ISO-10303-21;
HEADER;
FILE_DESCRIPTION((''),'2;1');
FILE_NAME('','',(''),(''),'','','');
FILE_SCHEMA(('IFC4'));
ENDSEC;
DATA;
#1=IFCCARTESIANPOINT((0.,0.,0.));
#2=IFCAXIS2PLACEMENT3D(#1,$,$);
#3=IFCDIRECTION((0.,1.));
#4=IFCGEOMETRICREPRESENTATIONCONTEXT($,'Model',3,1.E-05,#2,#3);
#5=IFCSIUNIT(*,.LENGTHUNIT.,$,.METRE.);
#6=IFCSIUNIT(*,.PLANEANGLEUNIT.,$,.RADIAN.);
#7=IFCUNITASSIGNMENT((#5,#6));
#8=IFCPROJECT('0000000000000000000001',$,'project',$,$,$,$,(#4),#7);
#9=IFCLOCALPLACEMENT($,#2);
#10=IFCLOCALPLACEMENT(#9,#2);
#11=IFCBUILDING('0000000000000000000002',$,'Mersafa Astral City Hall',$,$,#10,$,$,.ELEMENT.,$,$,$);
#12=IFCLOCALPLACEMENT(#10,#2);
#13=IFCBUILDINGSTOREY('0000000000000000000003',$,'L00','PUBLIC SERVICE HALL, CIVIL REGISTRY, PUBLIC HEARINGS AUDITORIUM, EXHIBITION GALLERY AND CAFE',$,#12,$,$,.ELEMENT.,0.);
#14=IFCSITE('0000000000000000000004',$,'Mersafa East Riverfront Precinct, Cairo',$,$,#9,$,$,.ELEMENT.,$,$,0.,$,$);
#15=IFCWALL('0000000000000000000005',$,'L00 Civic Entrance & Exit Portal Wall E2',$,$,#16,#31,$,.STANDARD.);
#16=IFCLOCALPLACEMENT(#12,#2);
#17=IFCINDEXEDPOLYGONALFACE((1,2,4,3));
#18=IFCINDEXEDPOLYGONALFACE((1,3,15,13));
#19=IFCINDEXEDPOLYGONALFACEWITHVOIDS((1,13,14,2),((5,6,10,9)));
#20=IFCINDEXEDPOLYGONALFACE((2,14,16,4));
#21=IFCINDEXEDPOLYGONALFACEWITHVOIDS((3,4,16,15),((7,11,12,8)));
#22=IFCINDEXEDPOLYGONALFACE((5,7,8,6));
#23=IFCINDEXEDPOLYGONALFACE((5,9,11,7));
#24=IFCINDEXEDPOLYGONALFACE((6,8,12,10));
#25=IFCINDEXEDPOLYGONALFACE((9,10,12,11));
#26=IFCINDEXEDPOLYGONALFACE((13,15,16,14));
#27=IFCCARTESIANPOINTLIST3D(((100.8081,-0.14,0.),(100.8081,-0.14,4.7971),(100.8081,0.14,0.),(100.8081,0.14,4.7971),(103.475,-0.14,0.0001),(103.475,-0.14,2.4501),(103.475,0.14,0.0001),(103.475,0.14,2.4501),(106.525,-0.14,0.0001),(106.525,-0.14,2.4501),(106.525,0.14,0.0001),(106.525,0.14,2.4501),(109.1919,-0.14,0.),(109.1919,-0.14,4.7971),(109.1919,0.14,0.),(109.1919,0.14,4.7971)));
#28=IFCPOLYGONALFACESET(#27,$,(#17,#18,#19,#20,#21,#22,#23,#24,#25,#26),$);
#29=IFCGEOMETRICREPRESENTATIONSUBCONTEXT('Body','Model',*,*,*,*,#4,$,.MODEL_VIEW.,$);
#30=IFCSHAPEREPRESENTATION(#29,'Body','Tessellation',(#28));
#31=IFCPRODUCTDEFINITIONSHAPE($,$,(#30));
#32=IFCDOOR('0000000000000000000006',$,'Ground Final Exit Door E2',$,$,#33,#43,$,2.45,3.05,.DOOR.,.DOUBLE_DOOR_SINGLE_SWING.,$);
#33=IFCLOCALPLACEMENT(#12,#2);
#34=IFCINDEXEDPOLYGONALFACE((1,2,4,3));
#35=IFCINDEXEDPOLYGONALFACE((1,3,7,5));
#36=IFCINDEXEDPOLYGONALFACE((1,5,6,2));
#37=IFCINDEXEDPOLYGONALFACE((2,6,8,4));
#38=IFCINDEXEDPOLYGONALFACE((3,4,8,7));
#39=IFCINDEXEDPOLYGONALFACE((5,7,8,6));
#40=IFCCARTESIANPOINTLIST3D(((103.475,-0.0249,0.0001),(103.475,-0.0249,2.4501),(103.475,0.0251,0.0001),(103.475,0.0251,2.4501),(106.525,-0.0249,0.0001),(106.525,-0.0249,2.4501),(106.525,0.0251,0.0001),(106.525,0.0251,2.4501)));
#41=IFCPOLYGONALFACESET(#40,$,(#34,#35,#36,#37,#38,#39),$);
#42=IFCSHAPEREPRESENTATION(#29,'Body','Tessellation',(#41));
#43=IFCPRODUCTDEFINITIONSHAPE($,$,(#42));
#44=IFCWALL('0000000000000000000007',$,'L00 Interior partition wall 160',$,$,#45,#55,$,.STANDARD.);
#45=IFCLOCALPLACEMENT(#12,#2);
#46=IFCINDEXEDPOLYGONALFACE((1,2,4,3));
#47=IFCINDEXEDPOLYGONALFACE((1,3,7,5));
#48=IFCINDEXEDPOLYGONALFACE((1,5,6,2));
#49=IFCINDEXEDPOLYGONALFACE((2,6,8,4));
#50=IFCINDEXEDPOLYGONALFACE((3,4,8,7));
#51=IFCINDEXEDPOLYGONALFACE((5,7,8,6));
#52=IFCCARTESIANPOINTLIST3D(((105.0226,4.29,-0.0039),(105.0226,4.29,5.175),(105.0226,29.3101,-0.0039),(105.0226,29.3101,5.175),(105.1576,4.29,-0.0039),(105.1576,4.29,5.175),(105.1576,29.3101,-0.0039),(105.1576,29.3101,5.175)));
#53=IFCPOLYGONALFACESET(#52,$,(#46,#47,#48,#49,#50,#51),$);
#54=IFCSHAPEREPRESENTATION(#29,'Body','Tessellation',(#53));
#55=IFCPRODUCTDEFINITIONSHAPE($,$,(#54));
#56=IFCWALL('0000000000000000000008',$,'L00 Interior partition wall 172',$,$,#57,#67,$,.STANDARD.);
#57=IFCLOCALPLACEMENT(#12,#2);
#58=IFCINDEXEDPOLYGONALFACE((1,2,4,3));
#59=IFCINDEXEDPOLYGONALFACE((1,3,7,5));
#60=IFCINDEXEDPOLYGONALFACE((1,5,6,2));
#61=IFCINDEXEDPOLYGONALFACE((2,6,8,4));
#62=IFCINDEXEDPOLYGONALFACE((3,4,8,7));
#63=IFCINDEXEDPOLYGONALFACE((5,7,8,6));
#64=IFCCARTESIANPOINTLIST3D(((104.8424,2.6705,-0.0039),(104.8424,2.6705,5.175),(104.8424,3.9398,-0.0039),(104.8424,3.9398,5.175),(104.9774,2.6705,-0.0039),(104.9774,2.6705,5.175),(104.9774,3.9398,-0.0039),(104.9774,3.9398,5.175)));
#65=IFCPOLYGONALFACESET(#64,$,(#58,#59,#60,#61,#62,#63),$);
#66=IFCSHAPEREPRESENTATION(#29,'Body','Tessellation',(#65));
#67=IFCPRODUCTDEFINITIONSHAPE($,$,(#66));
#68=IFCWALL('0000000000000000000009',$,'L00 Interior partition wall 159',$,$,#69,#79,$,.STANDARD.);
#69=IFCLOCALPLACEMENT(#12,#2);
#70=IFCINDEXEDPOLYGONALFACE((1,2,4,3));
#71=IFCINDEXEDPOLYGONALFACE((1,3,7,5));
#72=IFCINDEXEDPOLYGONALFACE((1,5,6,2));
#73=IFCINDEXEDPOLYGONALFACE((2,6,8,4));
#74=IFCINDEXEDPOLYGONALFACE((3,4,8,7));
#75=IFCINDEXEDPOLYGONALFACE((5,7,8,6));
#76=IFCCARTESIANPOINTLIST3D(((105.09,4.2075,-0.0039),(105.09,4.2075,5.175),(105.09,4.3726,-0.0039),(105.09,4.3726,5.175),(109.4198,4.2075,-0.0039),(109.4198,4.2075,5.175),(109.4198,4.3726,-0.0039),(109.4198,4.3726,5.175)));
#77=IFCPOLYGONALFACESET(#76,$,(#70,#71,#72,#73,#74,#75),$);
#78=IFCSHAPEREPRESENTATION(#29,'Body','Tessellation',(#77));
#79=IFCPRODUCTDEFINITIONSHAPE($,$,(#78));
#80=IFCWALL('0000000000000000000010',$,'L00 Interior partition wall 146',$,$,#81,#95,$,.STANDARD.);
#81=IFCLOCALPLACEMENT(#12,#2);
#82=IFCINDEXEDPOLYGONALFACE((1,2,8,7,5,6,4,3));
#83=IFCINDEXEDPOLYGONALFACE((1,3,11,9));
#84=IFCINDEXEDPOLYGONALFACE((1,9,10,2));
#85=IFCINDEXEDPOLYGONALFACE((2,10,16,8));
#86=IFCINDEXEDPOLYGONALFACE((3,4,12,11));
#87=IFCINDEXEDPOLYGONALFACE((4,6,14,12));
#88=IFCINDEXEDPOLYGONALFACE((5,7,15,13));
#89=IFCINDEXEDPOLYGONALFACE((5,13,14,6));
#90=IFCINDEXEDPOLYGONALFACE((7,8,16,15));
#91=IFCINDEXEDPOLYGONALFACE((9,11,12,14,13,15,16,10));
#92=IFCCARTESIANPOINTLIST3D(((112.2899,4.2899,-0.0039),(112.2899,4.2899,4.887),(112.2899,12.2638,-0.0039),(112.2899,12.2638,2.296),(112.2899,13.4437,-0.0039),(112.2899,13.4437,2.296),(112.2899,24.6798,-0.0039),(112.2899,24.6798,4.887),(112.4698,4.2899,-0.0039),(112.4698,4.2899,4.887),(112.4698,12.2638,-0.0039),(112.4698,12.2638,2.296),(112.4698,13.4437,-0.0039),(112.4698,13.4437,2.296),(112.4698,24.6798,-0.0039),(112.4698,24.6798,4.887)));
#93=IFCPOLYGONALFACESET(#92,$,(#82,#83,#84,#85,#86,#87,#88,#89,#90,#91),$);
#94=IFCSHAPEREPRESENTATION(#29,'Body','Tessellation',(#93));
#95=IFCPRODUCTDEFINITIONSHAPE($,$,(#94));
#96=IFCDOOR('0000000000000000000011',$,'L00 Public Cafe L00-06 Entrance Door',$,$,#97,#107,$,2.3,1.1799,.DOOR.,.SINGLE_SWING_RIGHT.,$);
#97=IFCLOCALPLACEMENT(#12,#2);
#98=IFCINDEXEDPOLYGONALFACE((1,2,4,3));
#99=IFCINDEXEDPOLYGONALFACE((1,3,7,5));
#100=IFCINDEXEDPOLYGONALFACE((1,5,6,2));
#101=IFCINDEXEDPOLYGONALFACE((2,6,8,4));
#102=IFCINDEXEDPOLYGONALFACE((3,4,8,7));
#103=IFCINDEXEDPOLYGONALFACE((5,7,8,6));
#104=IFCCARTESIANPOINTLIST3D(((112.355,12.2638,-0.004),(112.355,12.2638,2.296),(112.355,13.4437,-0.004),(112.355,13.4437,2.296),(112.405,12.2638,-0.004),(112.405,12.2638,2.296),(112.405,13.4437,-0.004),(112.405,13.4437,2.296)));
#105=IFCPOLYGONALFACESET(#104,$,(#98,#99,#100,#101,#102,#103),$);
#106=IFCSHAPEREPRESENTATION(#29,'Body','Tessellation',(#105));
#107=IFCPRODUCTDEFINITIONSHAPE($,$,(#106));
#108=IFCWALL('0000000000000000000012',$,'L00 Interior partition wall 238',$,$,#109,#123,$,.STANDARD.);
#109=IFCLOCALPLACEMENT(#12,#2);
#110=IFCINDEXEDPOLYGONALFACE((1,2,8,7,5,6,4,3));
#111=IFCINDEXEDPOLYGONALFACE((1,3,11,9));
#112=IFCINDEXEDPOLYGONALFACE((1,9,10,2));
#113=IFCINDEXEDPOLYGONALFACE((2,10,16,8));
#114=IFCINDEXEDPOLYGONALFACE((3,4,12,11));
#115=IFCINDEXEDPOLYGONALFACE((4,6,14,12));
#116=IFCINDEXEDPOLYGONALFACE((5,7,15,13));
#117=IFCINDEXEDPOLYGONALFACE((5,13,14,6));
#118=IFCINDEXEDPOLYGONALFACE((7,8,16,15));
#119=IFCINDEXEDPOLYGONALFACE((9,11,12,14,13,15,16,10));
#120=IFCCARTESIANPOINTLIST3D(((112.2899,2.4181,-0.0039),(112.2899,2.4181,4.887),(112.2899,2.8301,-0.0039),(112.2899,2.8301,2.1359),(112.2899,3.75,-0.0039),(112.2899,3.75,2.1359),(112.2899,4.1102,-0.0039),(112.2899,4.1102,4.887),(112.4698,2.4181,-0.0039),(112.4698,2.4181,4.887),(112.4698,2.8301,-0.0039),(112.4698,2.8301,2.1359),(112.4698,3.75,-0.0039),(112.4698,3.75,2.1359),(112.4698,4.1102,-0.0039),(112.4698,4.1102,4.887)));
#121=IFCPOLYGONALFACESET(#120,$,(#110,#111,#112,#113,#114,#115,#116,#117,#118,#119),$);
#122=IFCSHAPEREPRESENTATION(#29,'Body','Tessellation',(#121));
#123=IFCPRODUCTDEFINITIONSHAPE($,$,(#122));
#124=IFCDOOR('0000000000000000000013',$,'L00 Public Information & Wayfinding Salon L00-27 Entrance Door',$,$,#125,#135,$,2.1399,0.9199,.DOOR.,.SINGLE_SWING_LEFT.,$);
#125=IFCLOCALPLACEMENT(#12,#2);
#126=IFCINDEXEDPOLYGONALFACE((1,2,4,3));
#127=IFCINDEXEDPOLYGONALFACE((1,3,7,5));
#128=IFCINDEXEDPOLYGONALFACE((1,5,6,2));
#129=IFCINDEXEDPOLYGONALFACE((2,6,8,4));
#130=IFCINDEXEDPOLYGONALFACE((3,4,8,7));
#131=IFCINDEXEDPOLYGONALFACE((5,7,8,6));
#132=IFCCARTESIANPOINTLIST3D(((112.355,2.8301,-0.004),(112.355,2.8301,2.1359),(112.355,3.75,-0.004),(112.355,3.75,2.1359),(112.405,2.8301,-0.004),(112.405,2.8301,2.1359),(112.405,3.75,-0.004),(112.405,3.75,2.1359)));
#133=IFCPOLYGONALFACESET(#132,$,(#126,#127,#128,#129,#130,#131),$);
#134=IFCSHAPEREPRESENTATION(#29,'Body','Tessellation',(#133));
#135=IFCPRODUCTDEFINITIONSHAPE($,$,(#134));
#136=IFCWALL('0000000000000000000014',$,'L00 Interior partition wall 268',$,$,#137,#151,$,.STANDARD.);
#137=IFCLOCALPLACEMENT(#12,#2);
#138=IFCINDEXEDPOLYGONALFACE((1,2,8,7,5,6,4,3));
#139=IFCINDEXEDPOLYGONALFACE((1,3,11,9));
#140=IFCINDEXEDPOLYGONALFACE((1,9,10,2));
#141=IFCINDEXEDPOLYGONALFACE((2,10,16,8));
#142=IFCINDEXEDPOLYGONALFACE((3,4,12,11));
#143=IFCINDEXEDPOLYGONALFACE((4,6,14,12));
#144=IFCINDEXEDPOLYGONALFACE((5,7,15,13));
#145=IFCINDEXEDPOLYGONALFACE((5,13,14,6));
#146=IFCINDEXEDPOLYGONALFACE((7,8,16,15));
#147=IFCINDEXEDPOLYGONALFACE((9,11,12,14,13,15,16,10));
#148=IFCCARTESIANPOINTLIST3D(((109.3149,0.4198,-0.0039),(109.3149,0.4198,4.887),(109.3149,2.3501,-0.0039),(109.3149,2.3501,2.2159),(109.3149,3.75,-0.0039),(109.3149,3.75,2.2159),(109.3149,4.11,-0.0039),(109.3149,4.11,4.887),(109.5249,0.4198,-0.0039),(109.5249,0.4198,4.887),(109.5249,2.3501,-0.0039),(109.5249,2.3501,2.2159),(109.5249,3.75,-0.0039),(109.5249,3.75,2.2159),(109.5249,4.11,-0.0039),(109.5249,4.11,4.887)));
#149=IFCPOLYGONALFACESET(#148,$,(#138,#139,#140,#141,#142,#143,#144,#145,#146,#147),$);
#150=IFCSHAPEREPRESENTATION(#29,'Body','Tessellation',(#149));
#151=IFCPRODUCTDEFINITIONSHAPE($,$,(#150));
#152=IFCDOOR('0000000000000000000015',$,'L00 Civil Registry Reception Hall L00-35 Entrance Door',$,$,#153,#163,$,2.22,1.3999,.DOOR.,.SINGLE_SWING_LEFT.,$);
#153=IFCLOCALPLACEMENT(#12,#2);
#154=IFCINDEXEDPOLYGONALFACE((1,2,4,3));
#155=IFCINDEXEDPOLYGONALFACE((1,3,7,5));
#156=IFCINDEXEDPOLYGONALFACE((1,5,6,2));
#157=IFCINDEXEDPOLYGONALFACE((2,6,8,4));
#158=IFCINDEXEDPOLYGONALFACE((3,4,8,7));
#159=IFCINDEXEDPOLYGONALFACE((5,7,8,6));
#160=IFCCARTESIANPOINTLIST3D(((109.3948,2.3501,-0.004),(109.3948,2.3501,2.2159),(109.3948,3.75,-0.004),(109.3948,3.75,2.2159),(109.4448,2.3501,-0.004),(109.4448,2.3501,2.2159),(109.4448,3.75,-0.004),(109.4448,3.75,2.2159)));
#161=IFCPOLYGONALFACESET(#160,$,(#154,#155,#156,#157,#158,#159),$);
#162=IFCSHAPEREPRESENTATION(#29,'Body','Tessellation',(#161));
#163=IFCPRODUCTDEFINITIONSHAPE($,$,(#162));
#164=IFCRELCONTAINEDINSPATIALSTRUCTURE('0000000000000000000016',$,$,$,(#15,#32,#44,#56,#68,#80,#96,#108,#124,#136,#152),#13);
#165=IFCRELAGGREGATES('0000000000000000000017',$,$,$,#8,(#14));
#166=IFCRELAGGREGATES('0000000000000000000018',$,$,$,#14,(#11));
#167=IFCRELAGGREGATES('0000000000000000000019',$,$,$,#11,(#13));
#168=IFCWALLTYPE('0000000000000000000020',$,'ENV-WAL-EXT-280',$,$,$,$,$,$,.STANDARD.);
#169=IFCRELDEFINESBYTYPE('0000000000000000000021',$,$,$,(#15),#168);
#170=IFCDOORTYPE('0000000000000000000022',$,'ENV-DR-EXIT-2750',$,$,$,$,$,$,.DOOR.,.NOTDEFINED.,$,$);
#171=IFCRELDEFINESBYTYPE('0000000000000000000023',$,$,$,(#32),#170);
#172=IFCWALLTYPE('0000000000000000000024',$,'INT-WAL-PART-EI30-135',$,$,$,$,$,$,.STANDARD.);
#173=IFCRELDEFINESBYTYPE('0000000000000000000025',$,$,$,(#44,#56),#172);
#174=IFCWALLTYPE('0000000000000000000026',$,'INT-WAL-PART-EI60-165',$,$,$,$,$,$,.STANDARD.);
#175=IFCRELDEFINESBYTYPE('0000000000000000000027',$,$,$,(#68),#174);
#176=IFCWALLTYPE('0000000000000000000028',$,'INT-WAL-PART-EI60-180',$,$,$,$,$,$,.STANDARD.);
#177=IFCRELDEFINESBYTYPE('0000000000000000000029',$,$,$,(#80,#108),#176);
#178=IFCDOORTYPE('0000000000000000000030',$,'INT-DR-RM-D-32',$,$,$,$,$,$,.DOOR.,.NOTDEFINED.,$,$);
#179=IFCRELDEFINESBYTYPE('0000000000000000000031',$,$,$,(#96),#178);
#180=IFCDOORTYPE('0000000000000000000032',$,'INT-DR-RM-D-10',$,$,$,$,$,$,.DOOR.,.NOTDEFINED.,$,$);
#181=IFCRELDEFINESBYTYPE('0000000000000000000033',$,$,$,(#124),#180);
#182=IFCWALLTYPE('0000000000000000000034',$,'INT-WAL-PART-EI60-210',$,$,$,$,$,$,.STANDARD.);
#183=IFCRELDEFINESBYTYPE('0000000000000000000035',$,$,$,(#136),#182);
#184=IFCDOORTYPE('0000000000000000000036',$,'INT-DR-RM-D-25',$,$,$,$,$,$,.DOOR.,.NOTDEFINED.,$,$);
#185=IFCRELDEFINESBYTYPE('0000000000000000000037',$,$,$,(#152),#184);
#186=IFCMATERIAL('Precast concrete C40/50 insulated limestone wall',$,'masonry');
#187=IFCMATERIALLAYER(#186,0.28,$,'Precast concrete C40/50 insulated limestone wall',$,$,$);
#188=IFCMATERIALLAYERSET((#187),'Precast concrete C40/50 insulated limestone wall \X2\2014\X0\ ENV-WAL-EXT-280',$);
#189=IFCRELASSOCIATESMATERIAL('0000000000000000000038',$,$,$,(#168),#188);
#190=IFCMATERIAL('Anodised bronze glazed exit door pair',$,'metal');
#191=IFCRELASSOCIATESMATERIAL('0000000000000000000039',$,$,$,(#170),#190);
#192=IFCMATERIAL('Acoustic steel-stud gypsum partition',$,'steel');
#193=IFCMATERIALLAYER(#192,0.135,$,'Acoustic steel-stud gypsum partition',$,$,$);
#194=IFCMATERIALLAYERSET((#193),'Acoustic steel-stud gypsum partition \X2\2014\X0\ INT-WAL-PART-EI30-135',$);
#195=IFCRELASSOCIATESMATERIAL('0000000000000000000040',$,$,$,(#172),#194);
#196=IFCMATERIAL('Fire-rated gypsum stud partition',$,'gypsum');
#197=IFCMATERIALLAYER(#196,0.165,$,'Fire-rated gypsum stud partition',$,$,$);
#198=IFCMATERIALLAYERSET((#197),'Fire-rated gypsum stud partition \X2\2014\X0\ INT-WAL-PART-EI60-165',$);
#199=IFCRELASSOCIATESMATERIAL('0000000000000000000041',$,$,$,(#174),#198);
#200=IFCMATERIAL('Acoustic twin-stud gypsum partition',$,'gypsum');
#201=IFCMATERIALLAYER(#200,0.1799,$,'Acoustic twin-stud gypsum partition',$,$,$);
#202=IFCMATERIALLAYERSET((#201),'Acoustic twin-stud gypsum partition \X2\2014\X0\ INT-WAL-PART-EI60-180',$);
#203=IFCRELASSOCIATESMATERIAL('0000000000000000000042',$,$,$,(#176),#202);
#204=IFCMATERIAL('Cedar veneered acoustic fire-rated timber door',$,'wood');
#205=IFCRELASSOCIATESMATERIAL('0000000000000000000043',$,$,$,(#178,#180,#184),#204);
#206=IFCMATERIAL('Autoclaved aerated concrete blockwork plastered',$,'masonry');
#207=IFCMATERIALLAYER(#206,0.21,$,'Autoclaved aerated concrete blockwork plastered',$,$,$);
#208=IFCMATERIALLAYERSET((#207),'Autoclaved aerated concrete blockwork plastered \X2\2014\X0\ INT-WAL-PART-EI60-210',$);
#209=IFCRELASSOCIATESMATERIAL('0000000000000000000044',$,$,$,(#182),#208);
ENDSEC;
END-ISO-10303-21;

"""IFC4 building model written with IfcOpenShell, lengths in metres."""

from ifc_helpers import new_model, si_unit, direction, frame, frame_2d, origin, place, context, subcontext, project, spatial, rectangle, extrude, material, layer, layer_set, type_object, element, fill, save


model = new_model("IFC4")

# Units and contexts
model_context = context("Model", 3, precision=1e-05, world=origin(), true_north=direction((0.0, 1.0)))
body_context = subcontext(model_context, "Body", "Model", "MODEL_VIEW")
ifc_project = project(units=[si_unit("LENGTHUNIT", "METRE"), si_unit("PLANEANGLEUNIT", "RADIAN")], contexts=[model_context])

# Site, building, storey
site_placement = place(None, origin())
site = spatial("IfcSite", under=ifc_project, at=site_placement, Name="Mersafa East Riverfront Precinct, Cairo", CompositionType="ELEMENT", RefElevation=0.0)
building_placement = place(site_placement, origin())
building = spatial("IfcBuilding", under=site, at=building_placement, Name="Mersafa Astral City Hall", CompositionType="ELEMENT")
storey_placement = place(building_placement, origin())
storey = spatial("IfcBuildingStorey", under=building, at=storey_placement, Name="L00", Description="PUBLIC SERVICE HALL, CIVIL REGISTRY, PUBLIC HEARINGS AUDITORIUM, EXHIBITION GALLERY AND CAFE", CompositionType="ELEMENT", Elevation=0.0)

# Wall, opening, door
ifc_material_1 = material(Name="Precast concrete C40/50 insulated limestone wall", Category="masonry")
ifc_layer_1 = layer(ifc_material_1, 0.28, Name="Precast concrete C40/50 insulated limestone wall")
ifc_layer_set_1 = layer_set([ifc_layer_1], Name="Precast concrete C40/50 insulated limestone wall — ENV-WAL-EXT-280")
wall_type_1 = type_object("IfcWallType", Name="ENV-WAL-EXT-280", PredefinedType="STANDARD", material=ifc_layer_set_1)
wall_1_placement = place(storey_placement, frame((109.1919, 0.0, 0.0), z_axis=(0.0, 0.0, 1.0), x_axis=(-1.0, 0.0, 0.0)))
wall_1 = element("IfcWall", 1, at=wall_1_placement, inside=storey, type_object=wall_type_1, Name="L00 Civic Entrance & Exit Portal Wall E2", PredefinedType="STANDARD", context=body_context, shape_type="SweptSolid", body=[
    extrude(rectangle(XDim=8.3838, YDim=0.28, at=frame_2d((4.1919, 0.0))), origin(), (0.0, 0.0, 1.0), 4.7971),
])
opening_1_placement = place(wall_1_placement, frame((2.667, 0.0, 0.0)))
opening_1 = element("IfcOpeningElement", 2, at=opening_1_placement, cuts=wall_1, PredefinedType="OPENING", context=body_context, shape_type="SweptSolid", body=[
    extrude(rectangle(XDim=3.05, YDim=2.45, at=frame_2d((1.5249, 1.2251))), frame((0.0, 0.1499, 0.0), z_axis=(0.0, -1.0, 0.0), x_axis=(1.0, 0.0, 0.0)), (0.0, 0.0, 1.0), 0.3),
])
ifc_material_2 = material(Name="Anodised bronze glazed exit door pair", Category="metal")
door_type_1 = type_object("IfcDoorType", Name="ENV-DR-EXIT-2750", OperationType="NOTDEFINED", PredefinedType="DOOR", material=ifc_material_2)
door_1_placement = place(opening_1_placement, origin())
door_1 = element("IfcDoor", 3, at=door_1_placement, inside=storey, type_object=door_type_1, Name="Ground Final Exit Door E2", OperationType="DOUBLE_DOOR_SINGLE_SWING", OverallHeight=2.45, OverallWidth=3.05, PredefinedType="DOOR", context=body_context, shape_type="SweptSolid", body=[
    extrude(rectangle(XDim=3.05, YDim=2.45, at=frame_2d((1.5249, 1.2251))), frame((0.0, 0.0249, 0.0), z_axis=(0.0, -1.0, 0.0), x_axis=(1.0, 0.0, 0.0)), (0.0, 0.0, 1.0), 0.05),
])
fill(opening_1, door_1)

# Walls
ifc_material_3 = material(Name="Acoustic steel-stud gypsum partition", Category="steel")
ifc_layer_2 = layer(ifc_material_3, 0.135, Name="Acoustic steel-stud gypsum partition")
ifc_layer_set_2 = layer_set([ifc_layer_2], Name="Acoustic steel-stud gypsum partition — INT-WAL-PART-EI30-135")
wall_type_2 = type_object("IfcWallType", Name="INT-WAL-PART-EI30-135", PredefinedType="STANDARD", material=ifc_layer_set_2)
wall_2_placement = place(storey_placement, frame((105.0901, 4.29, -0.0039), z_axis=(0.0, 0.0, 1.0), x_axis=(0.0, 1.0, 0.0)))
element("IfcWall", 4, at=wall_2_placement, inside=storey, type_object=wall_type_2, Name="L00 Interior partition wall 160", PredefinedType="STANDARD", context=body_context, shape_type="SweptSolid", body=[
    extrude(rectangle(XDim=25.02, YDim=0.135, at=frame_2d((12.51, 0.0))), origin(), (0.0, 0.0, 1.0), 5.179),
])
wall_3_placement = place(storey_placement, frame((104.9099, 3.9399, -0.0039), z_axis=(0.0, 0.0, 1.0), x_axis=(0.0, -1.0, 0.0)))
element("IfcWall", 5, at=wall_3_placement, inside=storey, type_object=wall_type_2, Name="L00 Interior partition wall 172", PredefinedType="STANDARD", context=body_context, shape_type="SweptSolid", body=[
    extrude(rectangle(XDim=1.2693, YDim=0.135, at=frame_2d((0.6348, 0.0))), origin(), (0.0, 0.0, 1.0), 5.179),
])
ifc_material_4 = material(Name="Fire-rated gypsum stud partition", Category="gypsum")
ifc_layer_3 = layer(ifc_material_4, 0.165, Name="Fire-rated gypsum stud partition")
ifc_layer_set_3 = layer_set([ifc_layer_3], Name="Fire-rated gypsum stud partition — INT-WAL-PART-EI60-165")
wall_type_3 = type_object("IfcWallType", Name="INT-WAL-PART-EI60-165", PredefinedType="STANDARD", material=ifc_layer_set_3)
wall_4_placement = place(storey_placement, frame((109.4199, 4.29, -0.0039), z_axis=(0.0, 0.0, 1.0), x_axis=(-1.0, 0.0, 0.0)))
element("IfcWall", 6, at=wall_4_placement, inside=storey, type_object=wall_type_3, Name="L00 Interior partition wall 159", PredefinedType="STANDARD", context=body_context, shape_type="SweptSolid", body=[
    extrude(rectangle(XDim=4.3298, YDim=0.165, at=frame_2d((2.165, 0.0))), origin(), (0.0, 0.0, 1.0), 5.179),
])

# Walls, openings, doors
ifc_material_5 = material(Name="Acoustic twin-stud gypsum partition", Category="gypsum")
ifc_layer_4 = layer(ifc_material_5, 0.1799, Name="Acoustic twin-stud gypsum partition")
ifc_layer_set_4 = layer_set([ifc_layer_4], Name="Acoustic twin-stud gypsum partition — INT-WAL-PART-EI60-180")
wall_type_4 = type_object("IfcWallType", Name="INT-WAL-PART-EI60-180", PredefinedType="STANDARD", material=ifc_layer_set_4)
wall_5_placement = place(storey_placement, frame((112.3799, 4.29, -0.0039), z_axis=(0.0, 0.0, 1.0), x_axis=(0.0, 1.0, 0.0)))
wall_5 = element("IfcWall", 7, at=wall_5_placement, inside=storey, type_object=wall_type_4, Name="L00 Interior partition wall 146", PredefinedType="STANDARD", context=body_context, shape_type="SweptSolid", body=[
    extrude(rectangle(XDim=20.3899, YDim=0.1799, at=frame_2d((10.1948, 0.0))), origin(), (0.0, 0.0, 1.0), 4.8909),
])
opening_2_placement = place(wall_5_placement, frame((7.9739, 0.0, 0.0)))
opening_2 = element("IfcOpeningElement", 8, at=opening_2_placement, cuts=wall_5, PredefinedType="OPENING", context=body_context, shape_type="SweptSolid", body=[
    extrude(rectangle(XDim=1.1799, YDim=2.3, at=frame_2d((0.5898, 1.1499))), frame((0.0, 0.0999, 0.0), z_axis=(0.0, -1.0, 0.0), x_axis=(1.0, 0.0, 0.0)), (0.0, 0.0, 1.0), 0.2),
])
ifc_material_6 = material(Name="Cedar veneered acoustic fire-rated timber door", Category="wood")
door_type_2 = type_object("IfcDoorType", Name="INT-DR-RM-D-32", OperationType="NOTDEFINED", PredefinedType="DOOR", material=ifc_material_6)
door_2_placement = place(opening_2_placement, origin())
door_2 = element("IfcDoor", 9, at=door_2_placement, inside=storey, type_object=door_type_2, Name="L00 Public Cafe L00-06 Entrance Door", OperationType="SINGLE_SWING_RIGHT", OverallHeight=2.3, OverallWidth=1.1799, PredefinedType="DOOR", context=body_context, shape_type="SweptSolid", body=[
    extrude(rectangle(XDim=1.1799, YDim=2.3, at=frame_2d((0.5898, 1.1499))), frame((0.0, 0.0249, 0.0), z_axis=(0.0, -1.0, 0.0), x_axis=(1.0, 0.0, 0.0)), (0.0, 0.0, 1.0), 0.05),
])
fill(opening_2, door_2)
wall_6_placement = place(storey_placement, frame((112.3799, 2.418, -0.0039), z_axis=(0.0, 0.0, 1.0), x_axis=(0.0, 1.0, 0.0)))
wall_6 = element("IfcWall", 10, at=wall_6_placement, inside=storey, type_object=wall_type_4, Name="L00 Interior partition wall 238", PredefinedType="STANDARD", context=body_context, shape_type="SweptSolid", body=[
    extrude(rectangle(XDim=1.6921, YDim=0.1799, at=frame_2d((0.8462, 0.0))), origin(), (0.0, 0.0, 1.0), 4.8909),
])
opening_3_placement = place(wall_6_placement, frame((0.4121, 0.0, 0.0)))
opening_3 = element("IfcOpeningElement", 11, at=opening_3_placement, cuts=wall_6, PredefinedType="OPENING", context=body_context, shape_type="SweptSolid", body=[
    extrude(rectangle(XDim=0.9199, YDim=2.1399, at=frame_2d((0.46, 1.0698))), frame((0.0, 0.0999, 0.0), z_axis=(0.0, -1.0, 0.0), x_axis=(1.0, 0.0, 0.0)), (0.0, 0.0, 1.0), 0.2),
])
door_type_3 = type_object("IfcDoorType", Name="INT-DR-RM-D-10", OperationType="NOTDEFINED", PredefinedType="DOOR", material=ifc_material_6)
door_3_placement = place(opening_3_placement, origin())
door_3 = element("IfcDoor", 12, at=door_3_placement, inside=storey, type_object=door_type_3, Name="L00 Public Information & Wayfinding Salon L00-27 Entrance Door", OperationType="SINGLE_SWING_LEFT", OverallHeight=2.1399, OverallWidth=0.9199, PredefinedType="DOOR", context=body_context, shape_type="SweptSolid", body=[
    extrude(rectangle(XDim=0.9199, YDim=2.1399, at=frame_2d((0.46, 1.0698))), frame((0.0, 0.0249, 0.0), z_axis=(0.0, -1.0, 0.0), x_axis=(1.0, 0.0, 0.0)), (0.0, 0.0, 1.0), 0.05),
])
fill(opening_3, door_3)
ifc_material_7 = material(Name="Autoclaved aerated concrete blockwork plastered", Category="masonry")
ifc_layer_5 = layer(ifc_material_7, 0.21, Name="Autoclaved aerated concrete blockwork plastered")
ifc_layer_set_5 = layer_set([ifc_layer_5], Name="Autoclaved aerated concrete blockwork plastered — INT-WAL-PART-EI60-210")
wall_type_5 = type_object("IfcWallType", Name="INT-WAL-PART-EI60-210", PredefinedType="STANDARD", material=ifc_layer_set_5)
wall_7_placement = place(storey_placement, frame((109.4199, 4.1101, -0.0039), z_axis=(0.0, 0.0, 1.0), x_axis=(0.0, -1.0, 0.0)))
wall_7 = element("IfcWall", 13, at=wall_7_placement, inside=storey, type_object=wall_type_5, Name="L00 Interior partition wall 268", PredefinedType="STANDARD", context=body_context, shape_type="SweptSolid", body=[
    extrude(rectangle(XDim=3.6902, YDim=0.21, at=frame_2d((1.8452, 0.0))), origin(), (0.0, 0.0, 1.0), 4.8909),
])
opening_4_placement = place(wall_7_placement, frame((0.3601, 0.0, 0.0)))
opening_4 = element("IfcOpeningElement", 14, at=opening_4_placement, cuts=wall_7, PredefinedType="OPENING", context=body_context, shape_type="SweptSolid", body=[
    extrude(rectangle(XDim=1.3999, YDim=2.22, at=frame_2d((0.7, 1.1099))), frame((0.0, 0.115, 0.0), z_axis=(0.0, -1.0, 0.0), x_axis=(1.0, 0.0, 0.0)), (0.0, 0.0, 1.0), 0.23),
])
door_type_4 = type_object("IfcDoorType", Name="INT-DR-RM-D-25", OperationType="NOTDEFINED", PredefinedType="DOOR", material=ifc_material_6)
door_4_placement = place(opening_4_placement, origin())
door_4 = element("IfcDoor", 15, at=door_4_placement, inside=storey, type_object=door_type_4, Name="L00 Civil Registry Reception Hall L00-35 Entrance Door", OperationType="SINGLE_SWING_LEFT", OverallHeight=2.22, OverallWidth=1.3999, PredefinedType="DOOR", context=body_context, shape_type="SweptSolid", body=[
    extrude(rectangle(XDim=1.3999, YDim=2.22, at=frame_2d((0.7, 1.1099))), frame((0.0, 0.0249, 0.0), z_axis=(0.0, -1.0, 0.0), x_axis=(1.0, 0.0, 0.0)), (0.0, 0.0, 1.0), 0.05),
])
fill(opening_4, door_4)

save(model, "model.ifc")
